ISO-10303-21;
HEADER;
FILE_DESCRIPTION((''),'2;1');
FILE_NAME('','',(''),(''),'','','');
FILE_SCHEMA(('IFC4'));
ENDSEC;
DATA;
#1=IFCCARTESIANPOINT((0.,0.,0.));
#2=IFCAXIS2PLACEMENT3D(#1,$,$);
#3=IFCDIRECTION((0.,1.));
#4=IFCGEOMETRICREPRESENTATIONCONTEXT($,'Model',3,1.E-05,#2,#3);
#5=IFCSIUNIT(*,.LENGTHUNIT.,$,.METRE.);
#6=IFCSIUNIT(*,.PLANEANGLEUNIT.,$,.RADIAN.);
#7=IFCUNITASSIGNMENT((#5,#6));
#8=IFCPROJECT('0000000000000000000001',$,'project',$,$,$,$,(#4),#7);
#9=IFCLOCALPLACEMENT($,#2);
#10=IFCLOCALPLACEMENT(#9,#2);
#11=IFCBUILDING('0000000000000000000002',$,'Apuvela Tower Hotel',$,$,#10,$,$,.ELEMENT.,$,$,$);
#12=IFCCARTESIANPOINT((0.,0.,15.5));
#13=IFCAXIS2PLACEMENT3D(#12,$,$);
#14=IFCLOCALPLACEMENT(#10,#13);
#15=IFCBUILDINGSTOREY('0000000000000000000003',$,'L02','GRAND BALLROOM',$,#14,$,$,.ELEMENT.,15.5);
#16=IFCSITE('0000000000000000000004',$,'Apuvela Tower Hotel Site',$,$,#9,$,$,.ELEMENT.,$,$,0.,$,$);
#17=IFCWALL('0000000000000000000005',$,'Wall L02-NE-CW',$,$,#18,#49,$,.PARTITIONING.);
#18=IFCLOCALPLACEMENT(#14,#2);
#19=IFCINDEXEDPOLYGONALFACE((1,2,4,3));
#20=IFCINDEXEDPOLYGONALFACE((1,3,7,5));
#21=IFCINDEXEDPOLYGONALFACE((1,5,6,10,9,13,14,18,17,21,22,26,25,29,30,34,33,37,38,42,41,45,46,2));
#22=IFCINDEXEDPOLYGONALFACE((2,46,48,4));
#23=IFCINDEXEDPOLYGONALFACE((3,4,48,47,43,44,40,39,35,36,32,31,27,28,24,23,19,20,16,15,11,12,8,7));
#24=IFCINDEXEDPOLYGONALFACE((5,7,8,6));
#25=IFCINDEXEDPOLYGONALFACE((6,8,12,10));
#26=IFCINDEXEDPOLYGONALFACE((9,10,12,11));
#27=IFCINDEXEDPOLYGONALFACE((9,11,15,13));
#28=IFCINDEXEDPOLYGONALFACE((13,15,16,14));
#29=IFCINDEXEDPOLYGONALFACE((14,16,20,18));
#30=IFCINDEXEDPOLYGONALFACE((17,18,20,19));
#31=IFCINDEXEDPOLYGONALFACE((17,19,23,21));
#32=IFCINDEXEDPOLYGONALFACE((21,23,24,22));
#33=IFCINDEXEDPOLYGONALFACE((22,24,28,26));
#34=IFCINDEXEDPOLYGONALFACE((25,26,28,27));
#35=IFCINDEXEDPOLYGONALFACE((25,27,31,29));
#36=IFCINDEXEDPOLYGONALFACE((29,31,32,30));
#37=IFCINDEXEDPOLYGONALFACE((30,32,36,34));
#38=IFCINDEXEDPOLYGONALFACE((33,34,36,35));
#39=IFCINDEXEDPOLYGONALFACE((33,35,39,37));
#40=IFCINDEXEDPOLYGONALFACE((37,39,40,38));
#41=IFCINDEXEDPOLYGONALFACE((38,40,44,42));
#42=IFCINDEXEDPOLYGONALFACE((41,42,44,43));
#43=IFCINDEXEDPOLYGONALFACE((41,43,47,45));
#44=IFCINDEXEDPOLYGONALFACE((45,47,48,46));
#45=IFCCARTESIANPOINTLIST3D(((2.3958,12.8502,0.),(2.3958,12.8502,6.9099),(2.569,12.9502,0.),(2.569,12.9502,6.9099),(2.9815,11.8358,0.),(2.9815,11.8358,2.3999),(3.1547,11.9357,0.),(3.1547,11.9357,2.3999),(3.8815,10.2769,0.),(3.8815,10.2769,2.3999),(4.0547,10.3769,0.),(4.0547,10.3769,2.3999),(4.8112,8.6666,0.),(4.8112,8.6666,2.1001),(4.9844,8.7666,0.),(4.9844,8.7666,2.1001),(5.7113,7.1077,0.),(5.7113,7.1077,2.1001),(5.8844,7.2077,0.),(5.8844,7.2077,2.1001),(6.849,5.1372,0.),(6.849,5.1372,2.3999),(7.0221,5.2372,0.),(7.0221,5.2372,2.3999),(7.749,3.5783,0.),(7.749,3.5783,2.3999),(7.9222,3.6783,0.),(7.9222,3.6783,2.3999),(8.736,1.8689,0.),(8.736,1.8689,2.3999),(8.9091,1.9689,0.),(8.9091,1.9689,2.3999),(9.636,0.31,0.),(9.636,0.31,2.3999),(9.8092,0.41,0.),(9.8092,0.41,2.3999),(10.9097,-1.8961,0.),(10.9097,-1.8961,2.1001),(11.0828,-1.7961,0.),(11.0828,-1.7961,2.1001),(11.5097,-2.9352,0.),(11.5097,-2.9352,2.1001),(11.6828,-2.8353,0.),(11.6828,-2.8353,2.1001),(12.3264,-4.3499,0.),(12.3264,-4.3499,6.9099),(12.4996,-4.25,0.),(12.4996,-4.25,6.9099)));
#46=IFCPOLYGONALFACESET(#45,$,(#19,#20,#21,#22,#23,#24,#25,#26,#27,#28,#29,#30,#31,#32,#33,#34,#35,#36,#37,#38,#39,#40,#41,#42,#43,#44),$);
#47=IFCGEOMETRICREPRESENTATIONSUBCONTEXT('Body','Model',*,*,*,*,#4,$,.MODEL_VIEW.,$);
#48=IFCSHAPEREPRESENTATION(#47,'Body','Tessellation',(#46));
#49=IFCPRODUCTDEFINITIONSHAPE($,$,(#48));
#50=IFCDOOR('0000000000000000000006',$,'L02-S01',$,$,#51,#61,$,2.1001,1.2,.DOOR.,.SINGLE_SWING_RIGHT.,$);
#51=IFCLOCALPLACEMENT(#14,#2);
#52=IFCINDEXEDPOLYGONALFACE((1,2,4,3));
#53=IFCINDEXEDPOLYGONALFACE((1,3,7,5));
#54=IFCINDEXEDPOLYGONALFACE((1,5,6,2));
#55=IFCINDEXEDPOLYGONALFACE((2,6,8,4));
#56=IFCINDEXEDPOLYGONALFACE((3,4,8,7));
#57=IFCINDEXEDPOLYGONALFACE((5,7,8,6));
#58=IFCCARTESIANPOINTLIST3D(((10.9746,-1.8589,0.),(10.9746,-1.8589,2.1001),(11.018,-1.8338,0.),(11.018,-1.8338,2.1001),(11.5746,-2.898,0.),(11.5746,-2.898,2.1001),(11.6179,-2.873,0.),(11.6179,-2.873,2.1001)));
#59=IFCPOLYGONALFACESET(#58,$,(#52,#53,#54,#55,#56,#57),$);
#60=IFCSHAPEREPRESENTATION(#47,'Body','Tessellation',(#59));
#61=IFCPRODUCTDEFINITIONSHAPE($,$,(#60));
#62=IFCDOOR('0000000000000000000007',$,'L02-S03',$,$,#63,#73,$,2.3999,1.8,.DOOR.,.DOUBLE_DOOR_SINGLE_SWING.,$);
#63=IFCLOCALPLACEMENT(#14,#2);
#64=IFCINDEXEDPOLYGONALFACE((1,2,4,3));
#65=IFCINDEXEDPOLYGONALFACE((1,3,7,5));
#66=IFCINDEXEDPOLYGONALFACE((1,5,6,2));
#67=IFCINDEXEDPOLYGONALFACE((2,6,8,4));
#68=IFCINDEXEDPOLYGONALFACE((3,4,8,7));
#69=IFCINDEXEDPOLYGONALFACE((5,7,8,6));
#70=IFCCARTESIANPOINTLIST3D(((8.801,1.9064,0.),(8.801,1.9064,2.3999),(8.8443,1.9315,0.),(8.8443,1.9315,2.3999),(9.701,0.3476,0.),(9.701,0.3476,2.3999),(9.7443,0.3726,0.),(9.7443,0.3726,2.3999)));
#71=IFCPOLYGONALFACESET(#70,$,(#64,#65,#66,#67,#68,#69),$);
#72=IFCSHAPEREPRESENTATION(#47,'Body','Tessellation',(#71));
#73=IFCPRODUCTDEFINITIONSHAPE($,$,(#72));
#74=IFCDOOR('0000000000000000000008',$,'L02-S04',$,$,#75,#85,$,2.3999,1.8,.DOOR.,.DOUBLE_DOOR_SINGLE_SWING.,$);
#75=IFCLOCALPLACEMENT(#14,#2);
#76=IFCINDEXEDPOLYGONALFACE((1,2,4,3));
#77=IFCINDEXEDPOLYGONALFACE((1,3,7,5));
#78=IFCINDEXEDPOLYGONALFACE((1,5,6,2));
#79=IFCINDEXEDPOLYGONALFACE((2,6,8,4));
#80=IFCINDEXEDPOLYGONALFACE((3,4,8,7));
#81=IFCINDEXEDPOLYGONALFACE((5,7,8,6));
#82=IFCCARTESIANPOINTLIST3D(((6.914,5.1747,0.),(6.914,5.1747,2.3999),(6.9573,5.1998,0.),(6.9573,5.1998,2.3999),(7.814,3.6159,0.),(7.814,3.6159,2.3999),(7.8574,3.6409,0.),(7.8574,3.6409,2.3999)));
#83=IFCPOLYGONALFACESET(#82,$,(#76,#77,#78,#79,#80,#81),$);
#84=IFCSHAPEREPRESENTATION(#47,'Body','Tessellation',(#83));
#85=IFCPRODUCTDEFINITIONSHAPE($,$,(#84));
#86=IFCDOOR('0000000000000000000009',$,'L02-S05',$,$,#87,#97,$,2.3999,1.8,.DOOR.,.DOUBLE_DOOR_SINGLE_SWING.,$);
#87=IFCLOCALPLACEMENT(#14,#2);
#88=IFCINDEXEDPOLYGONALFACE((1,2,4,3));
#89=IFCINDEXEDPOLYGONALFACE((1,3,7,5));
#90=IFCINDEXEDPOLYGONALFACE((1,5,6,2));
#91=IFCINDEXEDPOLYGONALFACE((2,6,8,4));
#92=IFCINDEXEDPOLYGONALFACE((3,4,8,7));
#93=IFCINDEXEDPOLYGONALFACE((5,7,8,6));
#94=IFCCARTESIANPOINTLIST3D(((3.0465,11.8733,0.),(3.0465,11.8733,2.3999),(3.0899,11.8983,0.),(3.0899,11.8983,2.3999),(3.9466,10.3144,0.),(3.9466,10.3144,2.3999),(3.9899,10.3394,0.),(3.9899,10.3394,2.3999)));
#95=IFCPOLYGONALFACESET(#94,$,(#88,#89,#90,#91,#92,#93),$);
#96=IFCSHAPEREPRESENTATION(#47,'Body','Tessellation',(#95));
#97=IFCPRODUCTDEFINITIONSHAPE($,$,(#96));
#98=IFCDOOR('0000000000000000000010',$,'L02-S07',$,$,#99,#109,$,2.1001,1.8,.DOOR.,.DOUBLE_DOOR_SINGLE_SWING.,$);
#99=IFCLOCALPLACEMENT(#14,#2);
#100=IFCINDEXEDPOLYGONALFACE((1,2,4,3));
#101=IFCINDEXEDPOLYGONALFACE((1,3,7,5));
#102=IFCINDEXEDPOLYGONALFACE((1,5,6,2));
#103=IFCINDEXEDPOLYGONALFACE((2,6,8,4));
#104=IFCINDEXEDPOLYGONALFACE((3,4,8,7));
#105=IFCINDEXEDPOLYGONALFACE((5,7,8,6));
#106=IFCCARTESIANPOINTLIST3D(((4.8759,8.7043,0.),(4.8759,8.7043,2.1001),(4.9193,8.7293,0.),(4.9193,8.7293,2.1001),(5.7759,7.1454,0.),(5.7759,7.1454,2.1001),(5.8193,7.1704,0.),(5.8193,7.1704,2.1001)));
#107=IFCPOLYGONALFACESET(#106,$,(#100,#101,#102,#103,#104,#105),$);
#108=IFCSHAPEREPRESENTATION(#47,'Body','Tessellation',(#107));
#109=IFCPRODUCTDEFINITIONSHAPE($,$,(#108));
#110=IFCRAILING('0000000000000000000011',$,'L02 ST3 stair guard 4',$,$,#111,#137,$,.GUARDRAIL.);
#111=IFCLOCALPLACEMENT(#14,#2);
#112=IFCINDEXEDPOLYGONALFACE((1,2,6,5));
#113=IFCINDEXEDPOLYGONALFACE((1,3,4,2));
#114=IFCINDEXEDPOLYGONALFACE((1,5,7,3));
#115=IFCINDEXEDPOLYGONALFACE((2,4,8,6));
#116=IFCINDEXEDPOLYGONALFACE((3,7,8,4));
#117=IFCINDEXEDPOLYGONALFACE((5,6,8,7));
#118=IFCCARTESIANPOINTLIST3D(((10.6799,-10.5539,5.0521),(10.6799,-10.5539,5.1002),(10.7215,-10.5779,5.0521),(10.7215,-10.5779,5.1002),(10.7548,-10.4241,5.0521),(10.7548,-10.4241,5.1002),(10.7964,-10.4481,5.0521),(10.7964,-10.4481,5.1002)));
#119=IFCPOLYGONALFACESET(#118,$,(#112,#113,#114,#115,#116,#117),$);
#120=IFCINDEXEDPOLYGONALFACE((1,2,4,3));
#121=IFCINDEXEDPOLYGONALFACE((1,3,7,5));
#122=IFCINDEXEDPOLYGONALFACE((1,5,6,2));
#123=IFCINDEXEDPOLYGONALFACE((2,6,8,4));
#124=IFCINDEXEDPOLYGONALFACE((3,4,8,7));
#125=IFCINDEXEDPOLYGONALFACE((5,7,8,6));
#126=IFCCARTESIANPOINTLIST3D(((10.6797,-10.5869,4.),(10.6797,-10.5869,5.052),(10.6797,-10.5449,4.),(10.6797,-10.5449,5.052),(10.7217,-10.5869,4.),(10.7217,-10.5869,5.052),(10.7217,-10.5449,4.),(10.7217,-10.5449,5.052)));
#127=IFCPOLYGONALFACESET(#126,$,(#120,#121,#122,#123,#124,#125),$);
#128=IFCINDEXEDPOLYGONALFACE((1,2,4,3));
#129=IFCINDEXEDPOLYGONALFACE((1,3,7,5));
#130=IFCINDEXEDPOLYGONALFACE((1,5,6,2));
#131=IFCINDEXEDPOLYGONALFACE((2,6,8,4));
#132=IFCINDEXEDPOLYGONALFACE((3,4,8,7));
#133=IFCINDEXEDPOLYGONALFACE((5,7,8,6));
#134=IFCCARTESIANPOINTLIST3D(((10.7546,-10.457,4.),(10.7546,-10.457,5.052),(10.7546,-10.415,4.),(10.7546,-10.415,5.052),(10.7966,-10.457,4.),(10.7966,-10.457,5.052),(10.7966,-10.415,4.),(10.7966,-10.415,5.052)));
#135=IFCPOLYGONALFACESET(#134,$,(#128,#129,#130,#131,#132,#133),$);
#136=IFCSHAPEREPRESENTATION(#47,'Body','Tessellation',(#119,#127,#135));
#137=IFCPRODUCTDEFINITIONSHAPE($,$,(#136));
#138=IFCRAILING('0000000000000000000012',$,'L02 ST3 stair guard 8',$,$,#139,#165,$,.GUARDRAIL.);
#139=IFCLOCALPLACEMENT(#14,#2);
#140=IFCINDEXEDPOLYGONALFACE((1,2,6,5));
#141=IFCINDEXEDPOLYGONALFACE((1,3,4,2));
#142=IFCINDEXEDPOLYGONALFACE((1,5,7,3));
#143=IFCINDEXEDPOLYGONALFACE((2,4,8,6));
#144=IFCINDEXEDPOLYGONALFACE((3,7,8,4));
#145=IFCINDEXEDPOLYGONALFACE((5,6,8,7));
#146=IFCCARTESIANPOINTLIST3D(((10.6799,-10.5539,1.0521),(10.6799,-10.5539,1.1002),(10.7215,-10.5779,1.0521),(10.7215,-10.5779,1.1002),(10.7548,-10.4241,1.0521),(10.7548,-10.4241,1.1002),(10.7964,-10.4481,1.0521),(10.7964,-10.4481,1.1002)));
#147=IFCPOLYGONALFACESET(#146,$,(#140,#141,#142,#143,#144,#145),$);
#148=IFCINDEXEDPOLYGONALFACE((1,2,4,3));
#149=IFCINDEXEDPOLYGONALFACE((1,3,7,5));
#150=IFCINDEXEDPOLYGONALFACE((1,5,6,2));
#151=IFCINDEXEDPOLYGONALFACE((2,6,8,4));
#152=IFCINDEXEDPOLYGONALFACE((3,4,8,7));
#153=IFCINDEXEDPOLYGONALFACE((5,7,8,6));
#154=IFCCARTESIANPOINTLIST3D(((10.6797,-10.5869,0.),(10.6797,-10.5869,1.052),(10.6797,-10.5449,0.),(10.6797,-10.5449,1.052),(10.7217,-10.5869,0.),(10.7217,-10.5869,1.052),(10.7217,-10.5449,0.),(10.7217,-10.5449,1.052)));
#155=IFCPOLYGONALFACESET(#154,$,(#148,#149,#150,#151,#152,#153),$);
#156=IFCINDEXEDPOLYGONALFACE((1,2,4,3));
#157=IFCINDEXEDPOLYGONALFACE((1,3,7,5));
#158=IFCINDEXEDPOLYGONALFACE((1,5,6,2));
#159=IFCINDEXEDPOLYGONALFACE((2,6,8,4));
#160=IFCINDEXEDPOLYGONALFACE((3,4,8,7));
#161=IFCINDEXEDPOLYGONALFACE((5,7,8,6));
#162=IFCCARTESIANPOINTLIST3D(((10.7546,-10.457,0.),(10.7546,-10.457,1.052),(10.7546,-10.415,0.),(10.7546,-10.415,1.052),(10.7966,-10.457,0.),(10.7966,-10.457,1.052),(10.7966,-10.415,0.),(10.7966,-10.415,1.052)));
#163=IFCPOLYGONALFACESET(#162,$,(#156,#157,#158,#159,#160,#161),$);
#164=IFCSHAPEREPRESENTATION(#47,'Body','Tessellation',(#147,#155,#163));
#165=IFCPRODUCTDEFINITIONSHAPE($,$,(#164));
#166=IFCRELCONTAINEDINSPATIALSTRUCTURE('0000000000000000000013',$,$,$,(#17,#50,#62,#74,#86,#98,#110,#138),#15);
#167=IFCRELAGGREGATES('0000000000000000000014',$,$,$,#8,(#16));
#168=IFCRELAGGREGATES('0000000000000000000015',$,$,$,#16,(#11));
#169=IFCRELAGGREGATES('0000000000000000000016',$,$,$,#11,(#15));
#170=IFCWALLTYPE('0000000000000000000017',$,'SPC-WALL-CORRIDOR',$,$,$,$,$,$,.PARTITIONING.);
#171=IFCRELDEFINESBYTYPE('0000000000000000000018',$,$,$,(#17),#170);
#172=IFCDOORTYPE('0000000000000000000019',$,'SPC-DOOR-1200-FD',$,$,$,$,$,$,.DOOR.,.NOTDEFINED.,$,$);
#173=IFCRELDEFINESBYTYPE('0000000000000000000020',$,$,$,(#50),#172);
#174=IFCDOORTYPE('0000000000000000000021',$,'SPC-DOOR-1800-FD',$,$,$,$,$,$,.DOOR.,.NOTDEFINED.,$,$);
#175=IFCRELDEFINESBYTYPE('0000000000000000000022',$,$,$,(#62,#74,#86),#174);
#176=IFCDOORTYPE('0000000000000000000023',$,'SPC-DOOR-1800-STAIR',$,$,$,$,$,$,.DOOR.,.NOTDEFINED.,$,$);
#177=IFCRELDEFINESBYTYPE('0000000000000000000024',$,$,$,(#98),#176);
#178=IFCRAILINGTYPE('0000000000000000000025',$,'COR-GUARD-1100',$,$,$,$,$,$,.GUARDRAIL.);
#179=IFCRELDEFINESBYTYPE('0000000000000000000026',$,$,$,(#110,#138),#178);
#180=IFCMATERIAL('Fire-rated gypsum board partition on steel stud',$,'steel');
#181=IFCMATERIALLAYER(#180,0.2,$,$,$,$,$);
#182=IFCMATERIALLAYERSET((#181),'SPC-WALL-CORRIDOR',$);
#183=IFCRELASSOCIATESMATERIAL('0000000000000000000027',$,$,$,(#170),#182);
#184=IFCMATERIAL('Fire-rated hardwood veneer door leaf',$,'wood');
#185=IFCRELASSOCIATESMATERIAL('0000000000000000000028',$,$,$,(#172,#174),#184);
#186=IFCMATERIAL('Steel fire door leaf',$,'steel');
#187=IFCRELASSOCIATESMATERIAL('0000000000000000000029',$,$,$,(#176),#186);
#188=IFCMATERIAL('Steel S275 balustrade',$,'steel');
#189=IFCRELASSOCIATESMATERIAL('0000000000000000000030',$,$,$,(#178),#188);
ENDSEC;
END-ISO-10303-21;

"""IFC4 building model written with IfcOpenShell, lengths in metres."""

from ifc_helpers import new_model, si_unit, direction, frame, frame_2d, origin, origin_2d, place, context, subcontext, project, spatial, rectangle, extrude, material, layer, layer_set, type_object, element, fill, save


model = new_model("IFC4")

# Units and contexts
model_context = context("Model", 3, precision=1e-05, world=origin(), true_north=direction((0.0, 1.0)))
body_context = subcontext(model_context, "Body", "Model", "MODEL_VIEW")
ifc_project = project(units=[si_unit("LENGTHUNIT", "METRE"), si_unit("PLANEANGLEUNIT", "RADIAN")], contexts=[model_context])

# Site, building, storey
site_placement = place(None, origin())
site = spatial("IfcSite", under=ifc_project, at=site_placement, Name="Apuvela Tower Hotel Site", CompositionType="ELEMENT", RefElevation=0.0)
building_placement = place(site_placement, origin())
building = spatial("IfcBuilding", under=site, at=building_placement, Name="Apuvela Tower Hotel", CompositionType="ELEMENT")
storey_placement = place(building_placement, frame((0.0, 0.0, 15.5)))
storey = spatial("IfcBuildingStorey", under=building, at=storey_placement, Name="L02", Description="GRAND BALLROOM", CompositionType="ELEMENT", Elevation=15.5)

# Wall, openings, doors
ifc_material_1 = material(Name="Fire-rated gypsum board partition on steel stud", Category="steel")
ifc_layer_1 = layer(ifc_material_1, 0.2)
ifc_layer_set_1 = layer_set([ifc_layer_1], Name="SPC-WALL-CORRIDOR")
wall_type_1 = type_object("IfcWallType", Name="SPC-WALL-CORRIDOR", PredefinedType="PARTITIONING", material=ifc_layer_set_1)
wall_1_placement = place(storey_placement, frame((12.4131, -4.3, 0.0), z_axis=(0.0, 0.0, 1.0), x_axis=(-0.500005, 0.866023, 0.0)))
wall_1 = element("IfcWall", 1, at=wall_1_placement, inside=storey, type_object=wall_type_1, Name="Wall L02-NE-CW", PredefinedType="PARTITIONING", context=body_context, shape_type="SweptSolid", body=[
    extrude(rectangle(XDim=19.8611, YDim=0.2, at=frame_2d((9.9307, 0.0))), origin(), (0.0, 0.0, 1.0), 6.9099),
])
opening_1_placement = place(wall_1_placement, frame((1.6335, 0.0, 0.0)))
opening_1 = element("IfcOpeningElement", 2, at=opening_1_placement, cuts=wall_1, PredefinedType="OPENING", context=body_context, shape_type="SweptSolid", body=[
    extrude(rectangle(XDim=1.2, YDim=2.1001, at=frame_2d((0.6001, 1.05))), frame((0.0, 0.1099, 0.0), z_axis=(0.0, -1.0, 0.0), x_axis=(1.0, 0.0, 0.0)), (0.0, 0.0, 1.0), 0.22),
])
opening_2_placement = place(wall_1_placement, frame((5.3811, 0.0, 0.0)))
opening_2 = element("IfcOpeningElement", 3, at=opening_2_placement, cuts=wall_1, PredefinedType="OPENING", context=body_context, shape_type="SweptSolid", body=[
    extrude(rectangle(XDim=1.8, YDim=2.3999, at=frame_2d((0.8999, 1.2))), frame((0.0, 0.1099, 0.0), z_axis=(0.0, -1.0, 0.0), x_axis=(1.0, 0.0, 0.0)), (0.0, 0.0, 1.0), 0.22),
])
opening_3_placement = place(wall_1_placement, frame((9.155, 0.0, 0.0)))
opening_3 = element("IfcOpeningElement", 4, at=opening_3_placement, cuts=wall_1, PredefinedType="OPENING", context=body_context, shape_type="SweptSolid", body=[
    extrude(rectangle(XDim=1.8, YDim=2.3999, at=frame_2d((0.8999, 1.2))), frame((0.0, 0.1099, 0.0), z_axis=(0.0, -1.0, 0.0), x_axis=(1.0, 0.0, 0.0)), (0.0, 0.0, 1.0), 0.22),
])
opening_4_placement = place(wall_1_placement, frame((16.8899, 0.0, 0.0)))
opening_4 = element("IfcOpeningElement", 5, at=opening_4_placement, cuts=wall_1, PredefinedType="OPENING", context=body_context, shape_type="SweptSolid", body=[
    extrude(rectangle(XDim=1.8, YDim=2.3999, at=frame_2d((0.8999, 1.2))), frame((0.0, 0.1099, 0.0), z_axis=(0.0, -1.0, 0.0), x_axis=(1.0, 0.0, 0.0)), (0.0, 0.0, 1.0), 0.22),
])
opening_5_placement = place(wall_1_placement, frame((13.2305, 0.0, 0.0)))
opening_5 = element("IfcOpeningElement", 6, at=opening_5_placement, cuts=wall_1, PredefinedType="OPENING", context=body_context, shape_type="SweptSolid", body=[
    extrude(rectangle(XDim=1.8, YDim=2.1001, at=frame_2d((0.8999, 1.05))), frame((0.0, 0.1099, 0.0), z_axis=(0.0, -1.0, 0.0), x_axis=(1.0, 0.0, 0.0)), (0.0, 0.0, 1.0), 0.22),
])
ifc_material_2 = material(Name="Fire-rated hardwood veneer door leaf", Category="wood")
door_type_1 = type_object("IfcDoorType", Name="SPC-DOOR-1200-FD", OperationType="NOTDEFINED", PredefinedType="DOOR", material=ifc_material_2)
door_1_placement = place(opening_1_placement, frame((1.2, 0.0, 0.0), z_axis=(0.0, 0.0, 1.0), x_axis=(-1.0, 0.0, 0.0)))
door_1 = element("IfcDoor", 7, at=door_1_placement, inside=storey, type_object=door_type_1, Name="L02-S01", OperationType="SINGLE_SWING_RIGHT", OverallHeight=2.1001, OverallWidth=1.2, PredefinedType="DOOR", context=body_context, shape_type="SweptSolid", body=[
    extrude(rectangle(XDim=1.2, YDim=2.1001, at=frame_2d((0.6001, 1.05))), frame((0.0, 0.0249, 0.0), z_axis=(0.0, -1.0, 0.0), x_axis=(1.0, 0.0, 0.0)), (0.0, 0.0, 1.0), 0.05),
])
fill(opening_1, door_1)
door_type_2 = type_object("IfcDoorType", Name="SPC-DOOR-1800-FD", OperationType="NOTDEFINED", PredefinedType="DOOR", material=ifc_material_2)
door_2_placement = place(opening_2_placement, origin())
door_2 = element("IfcDoor", 8, at=door_2_placement, inside=storey, type_object=door_type_2, Name="L02-S03", OperationType="DOUBLE_DOOR_SINGLE_SWING", OverallHeight=2.3999, OverallWidth=1.8, PredefinedType="DOOR", context=body_context, shape_type="SweptSolid", body=[
    extrude(rectangle(XDim=1.8, YDim=2.3999, at=frame_2d((0.8999, 1.2))), frame((0.0, 0.0249, 0.0), z_axis=(0.0, -1.0, 0.0), x_axis=(1.0, 0.0, 0.0)), (0.0, 0.0, 1.0), 0.05),
])
fill(opening_2, door_2)
door_3_placement = place(opening_3_placement, origin())
door_3 = element("IfcDoor", 9, at=door_3_placement, inside=storey, type_object=door_type_2, Name="L02-S04", OperationType="DOUBLE_DOOR_SINGLE_SWING", OverallHeight=2.3999, OverallWidth=1.8, PredefinedType="DOOR", context=body_context, shape_type="SweptSolid", body=[
    extrude(rectangle(XDim=1.8, YDim=2.3999, at=frame_2d((0.8999, 1.2))), frame((0.0, 0.0249, 0.0), z_axis=(0.0, -1.0, 0.0), x_axis=(1.0, 0.0, 0.0)), (0.0, 0.0, 1.0), 0.05),
])
fill(opening_3, door_3)
door_4_placement = place(opening_4_placement, origin())
door_4 = element("IfcDoor", 10, at=door_4_placement, inside=storey, type_object=door_type_2, Name="L02-S05", OperationType="DOUBLE_DOOR_SINGLE_SWING", OverallHeight=2.3999, OverallWidth=1.8, PredefinedType="DOOR", context=body_context, shape_type="SweptSolid", body=[
    extrude(rectangle(XDim=1.8, YDim=2.3999, at=frame_2d((0.8999, 1.2))), frame((0.0, 0.0249, 0.0), z_axis=(0.0, -1.0, 0.0), x_axis=(1.0, 0.0, 0.0)), (0.0, 0.0, 1.0), 0.05),
])
fill(opening_4, door_4)
ifc_material_3 = material(Name="Steel fire door leaf", Category="steel")
door_type_3 = type_object("IfcDoorType", Name="SPC-DOOR-1800-STAIR", OperationType="NOTDEFINED", PredefinedType="DOOR", material=ifc_material_3)
door_5_placement = place(opening_5_placement, frame((1.8, 0.0, 0.0), z_axis=(0.0, 0.0, 1.0), x_axis=(-1.0, 0.0, 0.0)))
door_5 = element("IfcDoor", 11, at=door_5_placement, inside=storey, type_object=door_type_3, Name="L02-S07", OperationType="DOUBLE_DOOR_SINGLE_SWING", OverallHeight=2.1001, OverallWidth=1.8, PredefinedType="DOOR", context=body_context, shape_type="SweptSolid", body=[
    extrude(rectangle(XDim=1.8, YDim=2.1001, at=frame_2d((0.8999, 1.05))), frame((0.0, 0.0249, 0.0), z_axis=(0.0, -1.0, 0.0), x_axis=(1.0, 0.0, 0.0)), (0.0, 0.0, 1.0), 0.05),
])
fill(opening_5, door_5)

# Railings
ifc_material_4 = material(Name="Steel S275 balustrade", Category="steel")
railing_type = type_object("IfcRailingType", Name="COR-GUARD-1100", PredefinedType="GUARDRAIL", material=ifc_material_4)
for number, where, name in (
    (12, (10.7007, -10.5659, 4.0), "L02 ST3 stair guard 4"),
    (13, (10.7007, -10.5659, 0.0), "L02 ST3 stair guard 8"),
):
    element("IfcRailing", number, at=place(storey_placement, frame(where)), inside=storey, type_object=railing_type, Name=name, PredefinedType="GUARDRAIL", context=body_context, shape_type="SweptSolid", body=[
        extrude(rectangle(XDim=0.0481, YDim=0.0481, at=origin_2d()), frame((0.0, 0.0, 1.0762), z_axis=(0.499816, 0.866131, 0.0), x_axis=(-0.866131, 0.499816, 0.0)), (0.0, 0.0, 1.0), 0.1499),
        extrude(rectangle(XDim=0.042, YDim=0.042, at=origin_2d()), origin(), (0.0, 0.0, 1.0), 1.052),
        extrude(rectangle(XDim=0.042, YDim=0.042, at=origin_2d()), frame((0.075, 0.1299, 0.0)), (0.0, 0.0, 1.0), 1.052),
    ])

save(model, "model.ifc")
